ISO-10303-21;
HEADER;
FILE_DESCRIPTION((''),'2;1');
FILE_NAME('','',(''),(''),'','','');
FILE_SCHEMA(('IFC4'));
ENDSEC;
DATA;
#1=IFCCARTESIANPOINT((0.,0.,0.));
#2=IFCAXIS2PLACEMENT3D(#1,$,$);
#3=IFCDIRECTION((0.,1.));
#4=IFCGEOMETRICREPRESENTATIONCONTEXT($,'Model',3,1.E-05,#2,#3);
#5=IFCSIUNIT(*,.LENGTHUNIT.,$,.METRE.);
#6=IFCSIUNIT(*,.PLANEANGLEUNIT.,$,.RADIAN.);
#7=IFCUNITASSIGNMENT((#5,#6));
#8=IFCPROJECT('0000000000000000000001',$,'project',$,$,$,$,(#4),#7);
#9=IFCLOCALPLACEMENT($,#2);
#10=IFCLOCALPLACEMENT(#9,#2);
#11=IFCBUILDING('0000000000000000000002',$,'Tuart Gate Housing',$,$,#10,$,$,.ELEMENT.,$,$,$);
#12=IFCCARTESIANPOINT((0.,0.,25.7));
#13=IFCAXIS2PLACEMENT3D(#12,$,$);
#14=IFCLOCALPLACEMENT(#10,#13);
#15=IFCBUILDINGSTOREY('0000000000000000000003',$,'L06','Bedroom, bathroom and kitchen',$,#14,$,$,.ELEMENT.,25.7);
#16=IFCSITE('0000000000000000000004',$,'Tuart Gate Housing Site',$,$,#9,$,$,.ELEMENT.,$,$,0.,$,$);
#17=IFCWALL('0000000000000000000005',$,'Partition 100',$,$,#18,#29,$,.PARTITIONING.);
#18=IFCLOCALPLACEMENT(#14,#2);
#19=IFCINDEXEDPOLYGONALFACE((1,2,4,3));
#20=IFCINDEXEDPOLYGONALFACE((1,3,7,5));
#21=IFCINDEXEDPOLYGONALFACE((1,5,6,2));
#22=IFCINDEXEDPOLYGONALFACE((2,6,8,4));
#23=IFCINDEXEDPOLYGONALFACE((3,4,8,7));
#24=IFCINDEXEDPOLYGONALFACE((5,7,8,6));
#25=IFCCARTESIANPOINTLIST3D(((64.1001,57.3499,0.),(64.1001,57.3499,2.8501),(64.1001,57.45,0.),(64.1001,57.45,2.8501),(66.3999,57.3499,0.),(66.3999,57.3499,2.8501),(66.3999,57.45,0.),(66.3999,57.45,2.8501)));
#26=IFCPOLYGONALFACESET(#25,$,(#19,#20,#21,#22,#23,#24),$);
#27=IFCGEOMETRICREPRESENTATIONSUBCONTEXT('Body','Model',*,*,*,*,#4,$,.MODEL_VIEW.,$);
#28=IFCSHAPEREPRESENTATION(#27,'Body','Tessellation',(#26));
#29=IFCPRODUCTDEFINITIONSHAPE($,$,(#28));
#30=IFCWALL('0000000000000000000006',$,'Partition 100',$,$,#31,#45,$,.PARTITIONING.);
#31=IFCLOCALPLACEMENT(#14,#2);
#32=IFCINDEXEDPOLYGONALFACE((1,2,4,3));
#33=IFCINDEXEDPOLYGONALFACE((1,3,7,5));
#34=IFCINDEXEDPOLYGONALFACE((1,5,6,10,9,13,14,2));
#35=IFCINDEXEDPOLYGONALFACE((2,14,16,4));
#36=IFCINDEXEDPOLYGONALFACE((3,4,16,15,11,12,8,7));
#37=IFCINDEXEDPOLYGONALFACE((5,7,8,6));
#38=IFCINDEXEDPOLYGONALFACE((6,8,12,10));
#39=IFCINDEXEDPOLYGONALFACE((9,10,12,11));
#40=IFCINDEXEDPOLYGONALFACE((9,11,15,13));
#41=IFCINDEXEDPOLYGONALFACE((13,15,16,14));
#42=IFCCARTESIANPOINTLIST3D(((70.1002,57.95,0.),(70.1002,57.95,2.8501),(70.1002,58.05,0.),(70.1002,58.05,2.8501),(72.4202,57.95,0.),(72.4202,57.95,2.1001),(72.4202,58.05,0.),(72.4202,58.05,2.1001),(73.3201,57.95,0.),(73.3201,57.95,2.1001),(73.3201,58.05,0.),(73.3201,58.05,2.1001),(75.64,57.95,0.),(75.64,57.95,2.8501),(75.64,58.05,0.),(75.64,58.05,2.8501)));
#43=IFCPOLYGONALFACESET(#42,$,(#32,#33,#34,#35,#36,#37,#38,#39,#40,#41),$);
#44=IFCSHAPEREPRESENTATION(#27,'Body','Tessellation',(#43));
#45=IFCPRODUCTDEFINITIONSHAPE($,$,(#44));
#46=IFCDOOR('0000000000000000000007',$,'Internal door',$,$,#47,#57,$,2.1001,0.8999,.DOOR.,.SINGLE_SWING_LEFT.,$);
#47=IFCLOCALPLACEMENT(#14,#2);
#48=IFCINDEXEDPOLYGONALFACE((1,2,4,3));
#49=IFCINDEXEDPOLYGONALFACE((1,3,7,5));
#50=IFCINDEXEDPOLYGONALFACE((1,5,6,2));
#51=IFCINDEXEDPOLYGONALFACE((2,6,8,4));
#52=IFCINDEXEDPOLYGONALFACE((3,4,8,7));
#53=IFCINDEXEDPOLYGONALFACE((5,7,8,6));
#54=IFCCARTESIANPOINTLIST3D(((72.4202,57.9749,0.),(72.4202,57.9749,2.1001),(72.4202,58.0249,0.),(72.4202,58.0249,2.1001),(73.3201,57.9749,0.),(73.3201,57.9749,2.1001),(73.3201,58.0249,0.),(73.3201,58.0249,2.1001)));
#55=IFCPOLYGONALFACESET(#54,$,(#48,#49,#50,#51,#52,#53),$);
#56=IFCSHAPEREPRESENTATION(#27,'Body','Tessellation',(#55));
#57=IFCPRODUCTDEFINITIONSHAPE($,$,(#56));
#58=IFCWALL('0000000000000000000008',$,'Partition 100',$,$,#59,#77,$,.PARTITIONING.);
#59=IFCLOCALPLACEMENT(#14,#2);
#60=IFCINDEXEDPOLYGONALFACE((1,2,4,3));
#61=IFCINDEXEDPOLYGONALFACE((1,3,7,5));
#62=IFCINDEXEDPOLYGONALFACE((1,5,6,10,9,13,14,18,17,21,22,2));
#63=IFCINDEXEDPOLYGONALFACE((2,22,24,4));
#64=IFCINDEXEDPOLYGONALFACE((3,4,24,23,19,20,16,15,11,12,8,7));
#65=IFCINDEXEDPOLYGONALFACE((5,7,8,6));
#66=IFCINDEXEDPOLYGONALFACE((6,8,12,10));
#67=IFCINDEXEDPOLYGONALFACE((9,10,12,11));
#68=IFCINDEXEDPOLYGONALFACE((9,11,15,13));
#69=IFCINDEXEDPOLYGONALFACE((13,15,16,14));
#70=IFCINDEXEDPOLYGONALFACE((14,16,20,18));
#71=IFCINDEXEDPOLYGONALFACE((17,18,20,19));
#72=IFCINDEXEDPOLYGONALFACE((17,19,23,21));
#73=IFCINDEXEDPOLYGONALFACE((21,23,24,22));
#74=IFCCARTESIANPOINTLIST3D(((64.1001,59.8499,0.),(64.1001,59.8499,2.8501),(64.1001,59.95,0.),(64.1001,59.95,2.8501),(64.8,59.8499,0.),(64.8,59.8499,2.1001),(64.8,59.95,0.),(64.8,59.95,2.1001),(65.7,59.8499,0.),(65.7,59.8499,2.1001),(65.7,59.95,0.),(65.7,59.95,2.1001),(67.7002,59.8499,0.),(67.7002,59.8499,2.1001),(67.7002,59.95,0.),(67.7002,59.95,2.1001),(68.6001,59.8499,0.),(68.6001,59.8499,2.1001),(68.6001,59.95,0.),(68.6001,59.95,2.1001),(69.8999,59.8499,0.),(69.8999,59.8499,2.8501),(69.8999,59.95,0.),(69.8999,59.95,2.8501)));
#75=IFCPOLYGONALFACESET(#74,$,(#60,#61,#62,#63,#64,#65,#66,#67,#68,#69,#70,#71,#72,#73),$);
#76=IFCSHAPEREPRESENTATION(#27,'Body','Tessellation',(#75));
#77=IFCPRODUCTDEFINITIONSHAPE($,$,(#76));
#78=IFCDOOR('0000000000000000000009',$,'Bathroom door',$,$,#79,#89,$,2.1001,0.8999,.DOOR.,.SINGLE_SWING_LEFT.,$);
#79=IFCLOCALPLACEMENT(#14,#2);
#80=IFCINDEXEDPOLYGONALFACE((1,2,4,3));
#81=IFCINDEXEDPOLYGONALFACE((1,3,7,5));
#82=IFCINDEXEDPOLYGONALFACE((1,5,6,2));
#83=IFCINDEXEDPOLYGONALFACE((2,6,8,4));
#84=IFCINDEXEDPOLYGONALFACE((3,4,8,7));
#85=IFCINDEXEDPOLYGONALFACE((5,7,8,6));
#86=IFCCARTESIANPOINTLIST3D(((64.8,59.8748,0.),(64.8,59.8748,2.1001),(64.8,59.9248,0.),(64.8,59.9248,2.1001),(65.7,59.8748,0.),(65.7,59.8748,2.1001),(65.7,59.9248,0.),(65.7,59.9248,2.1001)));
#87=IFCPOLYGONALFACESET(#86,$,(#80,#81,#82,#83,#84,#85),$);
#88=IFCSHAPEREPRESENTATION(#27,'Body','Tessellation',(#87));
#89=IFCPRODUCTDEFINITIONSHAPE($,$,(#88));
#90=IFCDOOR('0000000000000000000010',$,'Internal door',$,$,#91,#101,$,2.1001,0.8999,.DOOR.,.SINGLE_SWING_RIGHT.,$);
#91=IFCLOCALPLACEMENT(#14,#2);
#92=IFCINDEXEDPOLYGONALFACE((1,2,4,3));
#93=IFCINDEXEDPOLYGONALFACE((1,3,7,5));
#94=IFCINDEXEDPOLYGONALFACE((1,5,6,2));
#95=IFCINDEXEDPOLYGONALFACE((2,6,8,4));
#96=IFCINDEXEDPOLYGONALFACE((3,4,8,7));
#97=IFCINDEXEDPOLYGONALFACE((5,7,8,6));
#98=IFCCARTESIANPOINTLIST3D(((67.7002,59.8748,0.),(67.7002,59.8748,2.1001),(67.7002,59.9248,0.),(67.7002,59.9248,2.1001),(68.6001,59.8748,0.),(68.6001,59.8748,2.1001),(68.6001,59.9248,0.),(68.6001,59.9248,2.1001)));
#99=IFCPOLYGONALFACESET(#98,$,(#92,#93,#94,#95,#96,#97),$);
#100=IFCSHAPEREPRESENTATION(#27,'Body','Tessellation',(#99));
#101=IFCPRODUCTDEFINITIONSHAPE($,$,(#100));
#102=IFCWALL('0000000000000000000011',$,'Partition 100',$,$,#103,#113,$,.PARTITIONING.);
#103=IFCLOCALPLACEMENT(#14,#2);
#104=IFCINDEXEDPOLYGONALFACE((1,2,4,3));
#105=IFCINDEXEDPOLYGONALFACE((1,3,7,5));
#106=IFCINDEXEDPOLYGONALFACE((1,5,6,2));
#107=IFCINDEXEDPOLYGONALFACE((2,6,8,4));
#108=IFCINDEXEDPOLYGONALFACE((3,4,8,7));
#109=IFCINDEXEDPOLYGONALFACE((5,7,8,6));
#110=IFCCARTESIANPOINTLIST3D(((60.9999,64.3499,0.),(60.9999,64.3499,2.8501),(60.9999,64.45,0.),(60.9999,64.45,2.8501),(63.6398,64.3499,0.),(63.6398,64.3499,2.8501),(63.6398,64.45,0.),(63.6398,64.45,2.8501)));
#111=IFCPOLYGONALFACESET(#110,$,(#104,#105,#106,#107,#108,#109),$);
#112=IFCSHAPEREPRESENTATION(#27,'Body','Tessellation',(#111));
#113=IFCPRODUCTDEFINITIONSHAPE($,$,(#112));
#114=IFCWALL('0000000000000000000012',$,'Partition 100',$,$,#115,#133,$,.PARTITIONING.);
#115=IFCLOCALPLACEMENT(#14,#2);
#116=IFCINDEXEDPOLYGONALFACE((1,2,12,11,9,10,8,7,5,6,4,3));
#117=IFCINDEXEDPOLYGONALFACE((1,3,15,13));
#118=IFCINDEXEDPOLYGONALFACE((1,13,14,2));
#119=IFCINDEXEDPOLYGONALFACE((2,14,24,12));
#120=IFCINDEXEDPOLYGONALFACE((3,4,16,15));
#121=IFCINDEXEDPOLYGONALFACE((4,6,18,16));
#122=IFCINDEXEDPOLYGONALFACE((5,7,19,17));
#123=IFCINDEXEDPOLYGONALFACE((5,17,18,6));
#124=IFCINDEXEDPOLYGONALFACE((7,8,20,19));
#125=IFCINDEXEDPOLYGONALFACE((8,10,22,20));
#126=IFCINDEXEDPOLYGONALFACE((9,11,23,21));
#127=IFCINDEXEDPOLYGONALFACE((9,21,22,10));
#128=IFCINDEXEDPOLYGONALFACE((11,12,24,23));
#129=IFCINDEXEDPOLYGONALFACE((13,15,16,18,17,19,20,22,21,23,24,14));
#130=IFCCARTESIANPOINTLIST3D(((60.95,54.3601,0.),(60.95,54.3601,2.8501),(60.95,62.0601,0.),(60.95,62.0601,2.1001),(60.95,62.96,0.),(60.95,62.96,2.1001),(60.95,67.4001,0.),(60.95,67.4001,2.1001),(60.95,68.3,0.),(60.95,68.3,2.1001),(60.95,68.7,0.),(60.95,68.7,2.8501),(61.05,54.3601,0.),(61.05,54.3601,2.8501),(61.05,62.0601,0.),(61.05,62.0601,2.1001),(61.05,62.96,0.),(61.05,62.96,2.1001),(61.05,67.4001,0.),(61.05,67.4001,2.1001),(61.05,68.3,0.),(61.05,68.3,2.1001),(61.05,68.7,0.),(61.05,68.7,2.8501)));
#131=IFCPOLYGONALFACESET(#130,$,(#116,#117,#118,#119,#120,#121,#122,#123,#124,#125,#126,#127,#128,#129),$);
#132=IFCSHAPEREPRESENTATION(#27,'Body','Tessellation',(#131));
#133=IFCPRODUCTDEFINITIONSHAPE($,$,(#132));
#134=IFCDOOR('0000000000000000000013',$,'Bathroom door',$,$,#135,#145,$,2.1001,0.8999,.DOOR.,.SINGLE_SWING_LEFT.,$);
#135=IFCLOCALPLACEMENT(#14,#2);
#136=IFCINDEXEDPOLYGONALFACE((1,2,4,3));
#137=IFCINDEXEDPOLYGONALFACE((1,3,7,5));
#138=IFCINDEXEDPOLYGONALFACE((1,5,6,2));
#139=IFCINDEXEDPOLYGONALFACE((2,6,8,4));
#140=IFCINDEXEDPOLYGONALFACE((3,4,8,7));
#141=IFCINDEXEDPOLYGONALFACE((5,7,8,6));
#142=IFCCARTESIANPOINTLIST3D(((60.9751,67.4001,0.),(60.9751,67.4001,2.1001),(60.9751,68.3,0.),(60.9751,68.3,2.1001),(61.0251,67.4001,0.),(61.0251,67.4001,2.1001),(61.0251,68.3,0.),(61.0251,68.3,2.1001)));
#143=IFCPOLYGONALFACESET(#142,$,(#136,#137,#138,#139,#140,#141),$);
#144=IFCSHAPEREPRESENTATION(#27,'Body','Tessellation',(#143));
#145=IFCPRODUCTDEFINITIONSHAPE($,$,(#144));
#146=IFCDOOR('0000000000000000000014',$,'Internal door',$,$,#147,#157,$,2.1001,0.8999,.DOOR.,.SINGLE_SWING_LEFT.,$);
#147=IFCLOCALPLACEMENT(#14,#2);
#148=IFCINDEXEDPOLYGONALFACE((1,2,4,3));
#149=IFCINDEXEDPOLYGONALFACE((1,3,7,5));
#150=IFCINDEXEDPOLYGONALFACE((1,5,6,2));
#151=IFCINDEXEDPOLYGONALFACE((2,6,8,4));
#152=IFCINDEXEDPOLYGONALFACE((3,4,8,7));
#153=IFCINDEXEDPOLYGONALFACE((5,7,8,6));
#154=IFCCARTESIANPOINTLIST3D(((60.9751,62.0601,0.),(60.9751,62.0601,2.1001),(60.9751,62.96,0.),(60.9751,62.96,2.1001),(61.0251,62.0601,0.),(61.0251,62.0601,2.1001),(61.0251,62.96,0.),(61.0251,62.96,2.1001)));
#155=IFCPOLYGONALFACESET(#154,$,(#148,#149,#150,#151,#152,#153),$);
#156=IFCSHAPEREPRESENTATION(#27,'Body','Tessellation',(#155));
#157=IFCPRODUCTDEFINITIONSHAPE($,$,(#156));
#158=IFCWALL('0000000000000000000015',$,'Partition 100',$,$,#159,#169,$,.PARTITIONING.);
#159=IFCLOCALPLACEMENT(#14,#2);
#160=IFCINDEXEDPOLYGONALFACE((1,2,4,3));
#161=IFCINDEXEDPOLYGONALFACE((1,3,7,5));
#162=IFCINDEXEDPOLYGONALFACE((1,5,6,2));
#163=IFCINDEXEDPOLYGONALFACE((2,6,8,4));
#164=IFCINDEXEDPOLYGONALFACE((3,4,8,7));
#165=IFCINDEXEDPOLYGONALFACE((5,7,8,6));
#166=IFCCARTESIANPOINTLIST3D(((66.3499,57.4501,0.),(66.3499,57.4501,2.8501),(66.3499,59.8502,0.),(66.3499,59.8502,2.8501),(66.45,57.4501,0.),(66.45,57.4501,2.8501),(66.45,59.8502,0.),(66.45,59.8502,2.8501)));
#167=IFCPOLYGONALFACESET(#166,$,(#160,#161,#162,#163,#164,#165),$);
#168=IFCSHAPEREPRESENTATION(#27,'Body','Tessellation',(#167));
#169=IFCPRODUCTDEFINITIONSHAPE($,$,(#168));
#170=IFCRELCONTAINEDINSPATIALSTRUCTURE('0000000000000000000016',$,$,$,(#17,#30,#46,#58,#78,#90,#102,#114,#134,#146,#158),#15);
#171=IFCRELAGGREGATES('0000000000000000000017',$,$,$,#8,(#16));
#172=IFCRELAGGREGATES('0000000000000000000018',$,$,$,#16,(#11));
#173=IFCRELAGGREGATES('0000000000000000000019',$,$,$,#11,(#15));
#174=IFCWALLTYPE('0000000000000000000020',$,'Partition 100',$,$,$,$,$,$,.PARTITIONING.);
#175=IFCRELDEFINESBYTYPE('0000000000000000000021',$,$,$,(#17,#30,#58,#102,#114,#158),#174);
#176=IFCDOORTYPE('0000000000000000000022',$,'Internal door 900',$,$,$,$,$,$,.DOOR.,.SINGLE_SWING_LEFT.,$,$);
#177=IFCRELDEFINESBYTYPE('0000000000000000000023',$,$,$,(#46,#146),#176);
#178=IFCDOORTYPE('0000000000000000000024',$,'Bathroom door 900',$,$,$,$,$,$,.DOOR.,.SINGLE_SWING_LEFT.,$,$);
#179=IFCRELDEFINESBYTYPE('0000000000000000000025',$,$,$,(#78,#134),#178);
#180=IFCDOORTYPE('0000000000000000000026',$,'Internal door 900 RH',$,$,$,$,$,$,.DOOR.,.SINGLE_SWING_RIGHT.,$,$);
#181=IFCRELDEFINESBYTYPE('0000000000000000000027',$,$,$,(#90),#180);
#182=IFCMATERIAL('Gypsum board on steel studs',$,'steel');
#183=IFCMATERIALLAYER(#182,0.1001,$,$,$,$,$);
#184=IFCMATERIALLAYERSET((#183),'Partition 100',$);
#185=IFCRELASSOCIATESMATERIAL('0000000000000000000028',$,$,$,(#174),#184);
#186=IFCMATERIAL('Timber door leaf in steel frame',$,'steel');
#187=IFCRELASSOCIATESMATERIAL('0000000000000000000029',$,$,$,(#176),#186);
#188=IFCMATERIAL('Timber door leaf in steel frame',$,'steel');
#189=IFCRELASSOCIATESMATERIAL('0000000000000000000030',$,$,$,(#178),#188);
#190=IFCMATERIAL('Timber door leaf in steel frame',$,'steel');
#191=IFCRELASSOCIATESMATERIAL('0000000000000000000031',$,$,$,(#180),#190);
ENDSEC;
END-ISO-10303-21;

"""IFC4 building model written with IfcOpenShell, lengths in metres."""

from ifc_helpers import new_model, si_unit, direction, frame, frame_2d, origin, place, context, subcontext, project, spatial, rectangle, extrude, material, layer, layer_set, type_object, element, fill, save


model = new_model("IFC4")

# Units and contexts
model_context = context("Model", 3, precision=1e-05, world=origin(), true_north=direction((0.0, 1.0)))
body_context = subcontext(model_context, "Body", "Model", "MODEL_VIEW")
ifc_project = project(units=[si_unit("LENGTHUNIT", "METRE"), si_unit("PLANEANGLEUNIT", "RADIAN")], contexts=[model_context])

# Site, building, storey
site_placement = place(None, origin())
site = spatial("IfcSite", under=ifc_project, at=site_placement, Name="Tuart Gate Housing Site", CompositionType="ELEMENT", RefElevation=0.0)
building_placement = place(site_placement, origin())
building = spatial("IfcBuilding", under=site, at=building_placement, Name="Tuart Gate Housing", CompositionType="ELEMENT")
storey_placement = place(building_placement, frame((0.0, 0.0, 25.7)))
storey = spatial("IfcBuildingStorey", under=building, at=storey_placement, Name="L06", Description="Bedroom, bathroom and kitchen", CompositionType="ELEMENT", Elevation=25.7)

# Wall
ifc_material_1 = material(Name="Gypsum board on steel studs", Category="steel")
ifc_layer_1 = layer(ifc_material_1, 0.1001)
ifc_layer_set_1 = layer_set([ifc_layer_1], Name="Partition 100")
wall_type_1 = type_object("IfcWallType", Name="Partition 100", PredefinedType="PARTITIONING", material=ifc_layer_set_1)
wall_1_placement = place(storey_placement, frame((64.1001, 57.3999, 0.0), z_axis=(0.0, 0.0, 1.0), x_axis=(1.0, 0.0, 0.0)))
element("IfcWall", 1, at=wall_1_placement, inside=storey, type_object=wall_type_1, Name="Partition 100", PredefinedType="PARTITIONING", context=body_context, shape_type="SweptSolid", body=[
    extrude(rectangle(XDim=2.2998, YDim=0.1001, at=frame_2d((1.1499, 0.0))), origin(), (0.0, 0.0, 1.0), 2.8501),
])

# Wall, opening, door
wall_2_placement = place(storey_placement, frame((70.1001, 58.0, 0.0), z_axis=(0.0, 0.0, 1.0), x_axis=(1.0, 0.0, 0.0)))
wall_2 = element("IfcWall", 2, at=wall_2_placement, inside=storey, type_object=wall_type_1, Name="Partition 100", PredefinedType="PARTITIONING", context=body_context, shape_type="SweptSolid", body=[
    extrude(rectangle(XDim=5.5398, YDim=0.1001, at=frame_2d((2.77, 0.0))), origin(), (0.0, 0.0, 1.0), 2.8501),
])
opening_1_placement = place(wall_2_placement, frame((2.3201, 0.0, 0.0)))
opening_1 = element("IfcOpeningElement", 3, at=opening_1_placement, cuts=wall_2, PredefinedType="OPENING", context=body_context, shape_type="SweptSolid", body=[
    extrude(rectangle(XDim=0.8999, YDim=2.1001, at=frame_2d((0.45, 1.05))), frame((0.0, 0.0601, 0.0), z_axis=(0.0, -1.0, 0.0), x_axis=(1.0, 0.0, 0.0)), (0.0, 0.0, 1.0), 0.1201),
])
ifc_material_2 = material(Name="Timber door leaf in steel frame", Category="steel")
door_type_1 = type_object("IfcDoorType", Name="Internal door 900", OperationType="SINGLE_SWING_LEFT", PredefinedType="DOOR", material=ifc_material_2)
door_1_placement = place(opening_1_placement, frame((0.8999, 0.0, 0.0), z_axis=(0.0, 0.0, 1.0), x_axis=(-1.0, 0.0, 0.0)))
door_1 = element("IfcDoor", 4, at=door_1_placement, inside=storey, type_object=door_type_1, Name="Internal door", OperationType="SINGLE_SWING_LEFT", OverallHeight=2.1001, OverallWidth=0.8999, PredefinedType="DOOR", context=body_context, shape_type="SweptSolid", body=[
    extrude(rectangle(XDim=0.8999, YDim=2.1001, at=frame_2d((0.45, 1.05))), frame((0.0, 0.0251, 0.0), z_axis=(0.0, -1.0, 0.0), x_axis=(1.0, 0.0, 0.0)), (0.0, 0.0, 1.0), 0.05),
])
fill(opening_1, door_1)

# Wall, openings, doors
wall_3_placement = place(storey_placement, frame((64.1001, 59.8999, 0.0), z_axis=(0.0, 0.0, 1.0), x_axis=(1.0, 0.0, 0.0)))
wall_3 = element("IfcWall", 5, at=wall_3_placement, inside=storey, type_object=wall_type_1, Name="Partition 100", PredefinedType="PARTITIONING", context=body_context, shape_type="SweptSolid", body=[
    extrude(rectangle(XDim=5.7998, YDim=0.1001, at=frame_2d((2.8999, 0.0))), origin(), (0.0, 0.0, 1.0), 2.8501),
])
opening_2_placement = place(wall_3_placement, frame((3.6001, 0.0, 0.0)))
opening_2 = element("IfcOpeningElement", 6, at=opening_2_placement, cuts=wall_3, PredefinedType="OPENING", context=body_context, shape_type="SweptSolid", body=[
    extrude(rectangle(XDim=0.8999, YDim=2.1001, at=frame_2d((0.45, 1.05))), frame((0.0, 0.0601, 0.0), z_axis=(0.0, -1.0, 0.0), x_axis=(1.0, 0.0, 0.0)), (0.0, 0.0, 1.0), 0.1201),
])
opening_3_placement = place(wall_3_placement, frame((0.7, 0.0, 0.0)))
opening_3 = element("IfcOpeningElement", 7, at=opening_3_placement, cuts=wall_3, PredefinedType="OPENING", context=body_context, shape_type="SweptSolid", body=[
    extrude(rectangle(XDim=0.8999, YDim=2.1001, at=frame_2d((0.45, 1.05))), frame((0.0, 0.0601, 0.0), z_axis=(0.0, -1.0, 0.0), x_axis=(1.0, 0.0, 0.0)), (0.0, 0.0, 1.0), 0.1201),
])
ifc_material_3 = material(Name="Timber door leaf in steel frame", Category="steel")
door_type_2 = type_object("IfcDoorType", Name="Bathroom door 900", OperationType="SINGLE_SWING_LEFT", PredefinedType="DOOR", material=ifc_material_3)
door_2_placement = place(opening_3_placement, frame((0.8999, 0.0, 0.0), z_axis=(0.0, 0.0, 1.0), x_axis=(-1.0, 0.0, 0.0)))
door_2 = element("IfcDoor", 8, at=door_2_placement, inside=storey, type_object=door_type_2, Name="Bathroom door", OperationType="SINGLE_SWING_LEFT", OverallHeight=2.1001, OverallWidth=0.8999, PredefinedType="DOOR", context=body_context, shape_type="SweptSolid", body=[
    extrude(rectangle(XDim=0.8999, YDim=2.1001, at=frame_2d((0.45, 1.05))), frame((0.0, 0.0251, 0.0), z_axis=(0.0, -1.0, 0.0), x_axis=(1.0, 0.0, 0.0)), (0.0, 0.0, 1.0), 0.05),
])
fill(opening_3, door_2)
ifc_material_4 = material(Name="Timber door leaf in steel frame", Category="steel")
door_type_3 = type_object("IfcDoorType", Name="Internal door 900 RH", OperationType="SINGLE_SWING_RIGHT", PredefinedType="DOOR", material=ifc_material_4)
door_3_placement = place(opening_2_placement, frame((0.8999, 0.0, 0.0), z_axis=(0.0, 0.0, 1.0), x_axis=(-1.0, 0.0, 0.0)))
door_3 = element("IfcDoor", 9, at=door_3_placement, inside=storey, type_object=door_type_3, Name="Internal door", OperationType="SINGLE_SWING_RIGHT", OverallHeight=2.1001, OverallWidth=0.8999, PredefinedType="DOOR", context=body_context, shape_type="SweptSolid", body=[
    extrude(rectangle(XDim=0.8999, YDim=2.1001, at=frame_2d((0.45, 1.05))), frame((0.0, 0.0251, 0.0), z_axis=(0.0, -1.0, 0.0), x_axis=(1.0, 0.0, 0.0)), (0.0, 0.0, 1.0), 0.05),
])
fill(opening_2, door_3)

# Wall
wall_4_placement = place(storey_placement, frame((61.0, 64.3999, 0.0), z_axis=(0.0, 0.0, 1.0), x_axis=(1.0, 0.0, 0.0)))
element("IfcWall", 10, at=wall_4_placement, inside=storey, type_object=wall_type_1, Name="Partition 100", PredefinedType="PARTITIONING", context=body_context, shape_type="SweptSolid", body=[
    extrude(rectangle(XDim=2.6399, YDim=0.1001, at=frame_2d((1.3198, 0.0))), origin(), (0.0, 0.0, 1.0), 2.8501),
])

# Wall, openings, doors
wall_5_placement = place(storey_placement, frame((61.0, 54.3601, 0.0), z_axis=(0.0, 0.0, 1.0), x_axis=(0.0, 1.0, 0.0)))
wall_5 = element("IfcWall", 11, at=wall_5_placement, inside=storey, type_object=wall_type_1, Name="Partition 100", PredefinedType="PARTITIONING", context=body_context, shape_type="SweptSolid", body=[
    extrude(rectangle(XDim=14.3398, YDim=0.1001, at=frame_2d((7.1699, 0.0))), origin(), (0.0, 0.0, 1.0), 2.8501),
])
opening_4_placement = place(wall_5_placement, frame((7.7, 0.0, 0.0)))
opening_4 = element("IfcOpeningElement", 12, at=opening_4_placement, cuts=wall_5, PredefinedType="OPENING", context=body_context, shape_type="SweptSolid", body=[
    extrude(rectangle(XDim=0.8999, YDim=2.1001, at=frame_2d((0.45, 1.05))), frame((0.0, 0.0601, 0.0), z_axis=(0.0, -1.0, 0.0), x_axis=(1.0, 0.0, 0.0)), (0.0, 0.0, 1.0), 0.1201),
])
opening_5_placement = place(wall_5_placement, frame((13.04, 0.0, 0.0)))
opening_5 = element("IfcOpeningElement", 13, at=opening_5_placement, cuts=wall_5, PredefinedType="OPENING", context=body_context, shape_type="SweptSolid", body=[
    extrude(rectangle(XDim=0.8999, YDim=2.1001, at=frame_2d((0.45, 1.05))), frame((0.0, 0.0601, 0.0), z_axis=(0.0, -1.0, 0.0), x_axis=(1.0, 0.0, 0.0)), (0.0, 0.0, 1.0), 0.1201),
])
door_4_placement = place(opening_5_placement, frame((0.8999, 0.0, 0.0), z_axis=(0.0, 0.0, 1.0), x_axis=(-1.0, 0.0, 0.0)))
door_4 = element("IfcDoor", 14, at=door_4_placement, inside=storey, type_object=door_type_2, Name="Bathroom door", OperationType="SINGLE_SWING_LEFT", OverallHeight=2.1001, OverallWidth=0.8999, PredefinedType="DOOR", context=body_context, shape_type="SweptSolid", body=[
    extrude(rectangle(XDim=0.8999, YDim=2.1001, at=frame_2d((0.45, 1.05))), frame((0.0, 0.0251, 0.0), z_axis=(0.0, -1.0, 0.0), x_axis=(1.0, 0.0, 0.0)), (0.0, 0.0, 1.0), 0.05),
])
fill(opening_5, door_4)
door_5_placement = place(opening_4_placement, frame((0.8999, 0.0, 0.0), z_axis=(0.0, 0.0, 1.0), x_axis=(-1.0, 0.0, 0.0)))
door_5 = element("IfcDoor", 15, at=door_5_placement, inside=storey, type_object=door_type_1, Name="Internal door", OperationType="SINGLE_SWING_LEFT", OverallHeight=2.1001, OverallWidth=0.8999, PredefinedType="DOOR", context=body_context, shape_type="SweptSolid", body=[
    extrude(rectangle(XDim=0.8999, YDim=2.1001, at=frame_2d((0.45, 1.05))), frame((0.0, 0.0251, 0.0), z_axis=(0.0, -1.0, 0.0), x_axis=(1.0, 0.0, 0.0)), (0.0, 0.0, 1.0), 0.05),
])
fill(opening_4, door_5)

# Wall
wall_6_placement = place(storey_placement, frame((66.3999, 57.45, 0.0), z_axis=(0.0, 0.0, 1.0), x_axis=(0.0, 1.0, 0.0)))
element("IfcWall", 16, at=wall_6_placement, inside=storey, type_object=wall_type_1, Name="Partition 100", PredefinedType="PARTITIONING", context=body_context, shape_type="SweptSolid", body=[
    extrude(rectangle(XDim=2.4001, YDim=0.1001, at=frame_2d((1.2002, 0.0))), origin(), (0.0, 0.0, 1.0), 2.8501),
])

save(model, "model.ifc")
